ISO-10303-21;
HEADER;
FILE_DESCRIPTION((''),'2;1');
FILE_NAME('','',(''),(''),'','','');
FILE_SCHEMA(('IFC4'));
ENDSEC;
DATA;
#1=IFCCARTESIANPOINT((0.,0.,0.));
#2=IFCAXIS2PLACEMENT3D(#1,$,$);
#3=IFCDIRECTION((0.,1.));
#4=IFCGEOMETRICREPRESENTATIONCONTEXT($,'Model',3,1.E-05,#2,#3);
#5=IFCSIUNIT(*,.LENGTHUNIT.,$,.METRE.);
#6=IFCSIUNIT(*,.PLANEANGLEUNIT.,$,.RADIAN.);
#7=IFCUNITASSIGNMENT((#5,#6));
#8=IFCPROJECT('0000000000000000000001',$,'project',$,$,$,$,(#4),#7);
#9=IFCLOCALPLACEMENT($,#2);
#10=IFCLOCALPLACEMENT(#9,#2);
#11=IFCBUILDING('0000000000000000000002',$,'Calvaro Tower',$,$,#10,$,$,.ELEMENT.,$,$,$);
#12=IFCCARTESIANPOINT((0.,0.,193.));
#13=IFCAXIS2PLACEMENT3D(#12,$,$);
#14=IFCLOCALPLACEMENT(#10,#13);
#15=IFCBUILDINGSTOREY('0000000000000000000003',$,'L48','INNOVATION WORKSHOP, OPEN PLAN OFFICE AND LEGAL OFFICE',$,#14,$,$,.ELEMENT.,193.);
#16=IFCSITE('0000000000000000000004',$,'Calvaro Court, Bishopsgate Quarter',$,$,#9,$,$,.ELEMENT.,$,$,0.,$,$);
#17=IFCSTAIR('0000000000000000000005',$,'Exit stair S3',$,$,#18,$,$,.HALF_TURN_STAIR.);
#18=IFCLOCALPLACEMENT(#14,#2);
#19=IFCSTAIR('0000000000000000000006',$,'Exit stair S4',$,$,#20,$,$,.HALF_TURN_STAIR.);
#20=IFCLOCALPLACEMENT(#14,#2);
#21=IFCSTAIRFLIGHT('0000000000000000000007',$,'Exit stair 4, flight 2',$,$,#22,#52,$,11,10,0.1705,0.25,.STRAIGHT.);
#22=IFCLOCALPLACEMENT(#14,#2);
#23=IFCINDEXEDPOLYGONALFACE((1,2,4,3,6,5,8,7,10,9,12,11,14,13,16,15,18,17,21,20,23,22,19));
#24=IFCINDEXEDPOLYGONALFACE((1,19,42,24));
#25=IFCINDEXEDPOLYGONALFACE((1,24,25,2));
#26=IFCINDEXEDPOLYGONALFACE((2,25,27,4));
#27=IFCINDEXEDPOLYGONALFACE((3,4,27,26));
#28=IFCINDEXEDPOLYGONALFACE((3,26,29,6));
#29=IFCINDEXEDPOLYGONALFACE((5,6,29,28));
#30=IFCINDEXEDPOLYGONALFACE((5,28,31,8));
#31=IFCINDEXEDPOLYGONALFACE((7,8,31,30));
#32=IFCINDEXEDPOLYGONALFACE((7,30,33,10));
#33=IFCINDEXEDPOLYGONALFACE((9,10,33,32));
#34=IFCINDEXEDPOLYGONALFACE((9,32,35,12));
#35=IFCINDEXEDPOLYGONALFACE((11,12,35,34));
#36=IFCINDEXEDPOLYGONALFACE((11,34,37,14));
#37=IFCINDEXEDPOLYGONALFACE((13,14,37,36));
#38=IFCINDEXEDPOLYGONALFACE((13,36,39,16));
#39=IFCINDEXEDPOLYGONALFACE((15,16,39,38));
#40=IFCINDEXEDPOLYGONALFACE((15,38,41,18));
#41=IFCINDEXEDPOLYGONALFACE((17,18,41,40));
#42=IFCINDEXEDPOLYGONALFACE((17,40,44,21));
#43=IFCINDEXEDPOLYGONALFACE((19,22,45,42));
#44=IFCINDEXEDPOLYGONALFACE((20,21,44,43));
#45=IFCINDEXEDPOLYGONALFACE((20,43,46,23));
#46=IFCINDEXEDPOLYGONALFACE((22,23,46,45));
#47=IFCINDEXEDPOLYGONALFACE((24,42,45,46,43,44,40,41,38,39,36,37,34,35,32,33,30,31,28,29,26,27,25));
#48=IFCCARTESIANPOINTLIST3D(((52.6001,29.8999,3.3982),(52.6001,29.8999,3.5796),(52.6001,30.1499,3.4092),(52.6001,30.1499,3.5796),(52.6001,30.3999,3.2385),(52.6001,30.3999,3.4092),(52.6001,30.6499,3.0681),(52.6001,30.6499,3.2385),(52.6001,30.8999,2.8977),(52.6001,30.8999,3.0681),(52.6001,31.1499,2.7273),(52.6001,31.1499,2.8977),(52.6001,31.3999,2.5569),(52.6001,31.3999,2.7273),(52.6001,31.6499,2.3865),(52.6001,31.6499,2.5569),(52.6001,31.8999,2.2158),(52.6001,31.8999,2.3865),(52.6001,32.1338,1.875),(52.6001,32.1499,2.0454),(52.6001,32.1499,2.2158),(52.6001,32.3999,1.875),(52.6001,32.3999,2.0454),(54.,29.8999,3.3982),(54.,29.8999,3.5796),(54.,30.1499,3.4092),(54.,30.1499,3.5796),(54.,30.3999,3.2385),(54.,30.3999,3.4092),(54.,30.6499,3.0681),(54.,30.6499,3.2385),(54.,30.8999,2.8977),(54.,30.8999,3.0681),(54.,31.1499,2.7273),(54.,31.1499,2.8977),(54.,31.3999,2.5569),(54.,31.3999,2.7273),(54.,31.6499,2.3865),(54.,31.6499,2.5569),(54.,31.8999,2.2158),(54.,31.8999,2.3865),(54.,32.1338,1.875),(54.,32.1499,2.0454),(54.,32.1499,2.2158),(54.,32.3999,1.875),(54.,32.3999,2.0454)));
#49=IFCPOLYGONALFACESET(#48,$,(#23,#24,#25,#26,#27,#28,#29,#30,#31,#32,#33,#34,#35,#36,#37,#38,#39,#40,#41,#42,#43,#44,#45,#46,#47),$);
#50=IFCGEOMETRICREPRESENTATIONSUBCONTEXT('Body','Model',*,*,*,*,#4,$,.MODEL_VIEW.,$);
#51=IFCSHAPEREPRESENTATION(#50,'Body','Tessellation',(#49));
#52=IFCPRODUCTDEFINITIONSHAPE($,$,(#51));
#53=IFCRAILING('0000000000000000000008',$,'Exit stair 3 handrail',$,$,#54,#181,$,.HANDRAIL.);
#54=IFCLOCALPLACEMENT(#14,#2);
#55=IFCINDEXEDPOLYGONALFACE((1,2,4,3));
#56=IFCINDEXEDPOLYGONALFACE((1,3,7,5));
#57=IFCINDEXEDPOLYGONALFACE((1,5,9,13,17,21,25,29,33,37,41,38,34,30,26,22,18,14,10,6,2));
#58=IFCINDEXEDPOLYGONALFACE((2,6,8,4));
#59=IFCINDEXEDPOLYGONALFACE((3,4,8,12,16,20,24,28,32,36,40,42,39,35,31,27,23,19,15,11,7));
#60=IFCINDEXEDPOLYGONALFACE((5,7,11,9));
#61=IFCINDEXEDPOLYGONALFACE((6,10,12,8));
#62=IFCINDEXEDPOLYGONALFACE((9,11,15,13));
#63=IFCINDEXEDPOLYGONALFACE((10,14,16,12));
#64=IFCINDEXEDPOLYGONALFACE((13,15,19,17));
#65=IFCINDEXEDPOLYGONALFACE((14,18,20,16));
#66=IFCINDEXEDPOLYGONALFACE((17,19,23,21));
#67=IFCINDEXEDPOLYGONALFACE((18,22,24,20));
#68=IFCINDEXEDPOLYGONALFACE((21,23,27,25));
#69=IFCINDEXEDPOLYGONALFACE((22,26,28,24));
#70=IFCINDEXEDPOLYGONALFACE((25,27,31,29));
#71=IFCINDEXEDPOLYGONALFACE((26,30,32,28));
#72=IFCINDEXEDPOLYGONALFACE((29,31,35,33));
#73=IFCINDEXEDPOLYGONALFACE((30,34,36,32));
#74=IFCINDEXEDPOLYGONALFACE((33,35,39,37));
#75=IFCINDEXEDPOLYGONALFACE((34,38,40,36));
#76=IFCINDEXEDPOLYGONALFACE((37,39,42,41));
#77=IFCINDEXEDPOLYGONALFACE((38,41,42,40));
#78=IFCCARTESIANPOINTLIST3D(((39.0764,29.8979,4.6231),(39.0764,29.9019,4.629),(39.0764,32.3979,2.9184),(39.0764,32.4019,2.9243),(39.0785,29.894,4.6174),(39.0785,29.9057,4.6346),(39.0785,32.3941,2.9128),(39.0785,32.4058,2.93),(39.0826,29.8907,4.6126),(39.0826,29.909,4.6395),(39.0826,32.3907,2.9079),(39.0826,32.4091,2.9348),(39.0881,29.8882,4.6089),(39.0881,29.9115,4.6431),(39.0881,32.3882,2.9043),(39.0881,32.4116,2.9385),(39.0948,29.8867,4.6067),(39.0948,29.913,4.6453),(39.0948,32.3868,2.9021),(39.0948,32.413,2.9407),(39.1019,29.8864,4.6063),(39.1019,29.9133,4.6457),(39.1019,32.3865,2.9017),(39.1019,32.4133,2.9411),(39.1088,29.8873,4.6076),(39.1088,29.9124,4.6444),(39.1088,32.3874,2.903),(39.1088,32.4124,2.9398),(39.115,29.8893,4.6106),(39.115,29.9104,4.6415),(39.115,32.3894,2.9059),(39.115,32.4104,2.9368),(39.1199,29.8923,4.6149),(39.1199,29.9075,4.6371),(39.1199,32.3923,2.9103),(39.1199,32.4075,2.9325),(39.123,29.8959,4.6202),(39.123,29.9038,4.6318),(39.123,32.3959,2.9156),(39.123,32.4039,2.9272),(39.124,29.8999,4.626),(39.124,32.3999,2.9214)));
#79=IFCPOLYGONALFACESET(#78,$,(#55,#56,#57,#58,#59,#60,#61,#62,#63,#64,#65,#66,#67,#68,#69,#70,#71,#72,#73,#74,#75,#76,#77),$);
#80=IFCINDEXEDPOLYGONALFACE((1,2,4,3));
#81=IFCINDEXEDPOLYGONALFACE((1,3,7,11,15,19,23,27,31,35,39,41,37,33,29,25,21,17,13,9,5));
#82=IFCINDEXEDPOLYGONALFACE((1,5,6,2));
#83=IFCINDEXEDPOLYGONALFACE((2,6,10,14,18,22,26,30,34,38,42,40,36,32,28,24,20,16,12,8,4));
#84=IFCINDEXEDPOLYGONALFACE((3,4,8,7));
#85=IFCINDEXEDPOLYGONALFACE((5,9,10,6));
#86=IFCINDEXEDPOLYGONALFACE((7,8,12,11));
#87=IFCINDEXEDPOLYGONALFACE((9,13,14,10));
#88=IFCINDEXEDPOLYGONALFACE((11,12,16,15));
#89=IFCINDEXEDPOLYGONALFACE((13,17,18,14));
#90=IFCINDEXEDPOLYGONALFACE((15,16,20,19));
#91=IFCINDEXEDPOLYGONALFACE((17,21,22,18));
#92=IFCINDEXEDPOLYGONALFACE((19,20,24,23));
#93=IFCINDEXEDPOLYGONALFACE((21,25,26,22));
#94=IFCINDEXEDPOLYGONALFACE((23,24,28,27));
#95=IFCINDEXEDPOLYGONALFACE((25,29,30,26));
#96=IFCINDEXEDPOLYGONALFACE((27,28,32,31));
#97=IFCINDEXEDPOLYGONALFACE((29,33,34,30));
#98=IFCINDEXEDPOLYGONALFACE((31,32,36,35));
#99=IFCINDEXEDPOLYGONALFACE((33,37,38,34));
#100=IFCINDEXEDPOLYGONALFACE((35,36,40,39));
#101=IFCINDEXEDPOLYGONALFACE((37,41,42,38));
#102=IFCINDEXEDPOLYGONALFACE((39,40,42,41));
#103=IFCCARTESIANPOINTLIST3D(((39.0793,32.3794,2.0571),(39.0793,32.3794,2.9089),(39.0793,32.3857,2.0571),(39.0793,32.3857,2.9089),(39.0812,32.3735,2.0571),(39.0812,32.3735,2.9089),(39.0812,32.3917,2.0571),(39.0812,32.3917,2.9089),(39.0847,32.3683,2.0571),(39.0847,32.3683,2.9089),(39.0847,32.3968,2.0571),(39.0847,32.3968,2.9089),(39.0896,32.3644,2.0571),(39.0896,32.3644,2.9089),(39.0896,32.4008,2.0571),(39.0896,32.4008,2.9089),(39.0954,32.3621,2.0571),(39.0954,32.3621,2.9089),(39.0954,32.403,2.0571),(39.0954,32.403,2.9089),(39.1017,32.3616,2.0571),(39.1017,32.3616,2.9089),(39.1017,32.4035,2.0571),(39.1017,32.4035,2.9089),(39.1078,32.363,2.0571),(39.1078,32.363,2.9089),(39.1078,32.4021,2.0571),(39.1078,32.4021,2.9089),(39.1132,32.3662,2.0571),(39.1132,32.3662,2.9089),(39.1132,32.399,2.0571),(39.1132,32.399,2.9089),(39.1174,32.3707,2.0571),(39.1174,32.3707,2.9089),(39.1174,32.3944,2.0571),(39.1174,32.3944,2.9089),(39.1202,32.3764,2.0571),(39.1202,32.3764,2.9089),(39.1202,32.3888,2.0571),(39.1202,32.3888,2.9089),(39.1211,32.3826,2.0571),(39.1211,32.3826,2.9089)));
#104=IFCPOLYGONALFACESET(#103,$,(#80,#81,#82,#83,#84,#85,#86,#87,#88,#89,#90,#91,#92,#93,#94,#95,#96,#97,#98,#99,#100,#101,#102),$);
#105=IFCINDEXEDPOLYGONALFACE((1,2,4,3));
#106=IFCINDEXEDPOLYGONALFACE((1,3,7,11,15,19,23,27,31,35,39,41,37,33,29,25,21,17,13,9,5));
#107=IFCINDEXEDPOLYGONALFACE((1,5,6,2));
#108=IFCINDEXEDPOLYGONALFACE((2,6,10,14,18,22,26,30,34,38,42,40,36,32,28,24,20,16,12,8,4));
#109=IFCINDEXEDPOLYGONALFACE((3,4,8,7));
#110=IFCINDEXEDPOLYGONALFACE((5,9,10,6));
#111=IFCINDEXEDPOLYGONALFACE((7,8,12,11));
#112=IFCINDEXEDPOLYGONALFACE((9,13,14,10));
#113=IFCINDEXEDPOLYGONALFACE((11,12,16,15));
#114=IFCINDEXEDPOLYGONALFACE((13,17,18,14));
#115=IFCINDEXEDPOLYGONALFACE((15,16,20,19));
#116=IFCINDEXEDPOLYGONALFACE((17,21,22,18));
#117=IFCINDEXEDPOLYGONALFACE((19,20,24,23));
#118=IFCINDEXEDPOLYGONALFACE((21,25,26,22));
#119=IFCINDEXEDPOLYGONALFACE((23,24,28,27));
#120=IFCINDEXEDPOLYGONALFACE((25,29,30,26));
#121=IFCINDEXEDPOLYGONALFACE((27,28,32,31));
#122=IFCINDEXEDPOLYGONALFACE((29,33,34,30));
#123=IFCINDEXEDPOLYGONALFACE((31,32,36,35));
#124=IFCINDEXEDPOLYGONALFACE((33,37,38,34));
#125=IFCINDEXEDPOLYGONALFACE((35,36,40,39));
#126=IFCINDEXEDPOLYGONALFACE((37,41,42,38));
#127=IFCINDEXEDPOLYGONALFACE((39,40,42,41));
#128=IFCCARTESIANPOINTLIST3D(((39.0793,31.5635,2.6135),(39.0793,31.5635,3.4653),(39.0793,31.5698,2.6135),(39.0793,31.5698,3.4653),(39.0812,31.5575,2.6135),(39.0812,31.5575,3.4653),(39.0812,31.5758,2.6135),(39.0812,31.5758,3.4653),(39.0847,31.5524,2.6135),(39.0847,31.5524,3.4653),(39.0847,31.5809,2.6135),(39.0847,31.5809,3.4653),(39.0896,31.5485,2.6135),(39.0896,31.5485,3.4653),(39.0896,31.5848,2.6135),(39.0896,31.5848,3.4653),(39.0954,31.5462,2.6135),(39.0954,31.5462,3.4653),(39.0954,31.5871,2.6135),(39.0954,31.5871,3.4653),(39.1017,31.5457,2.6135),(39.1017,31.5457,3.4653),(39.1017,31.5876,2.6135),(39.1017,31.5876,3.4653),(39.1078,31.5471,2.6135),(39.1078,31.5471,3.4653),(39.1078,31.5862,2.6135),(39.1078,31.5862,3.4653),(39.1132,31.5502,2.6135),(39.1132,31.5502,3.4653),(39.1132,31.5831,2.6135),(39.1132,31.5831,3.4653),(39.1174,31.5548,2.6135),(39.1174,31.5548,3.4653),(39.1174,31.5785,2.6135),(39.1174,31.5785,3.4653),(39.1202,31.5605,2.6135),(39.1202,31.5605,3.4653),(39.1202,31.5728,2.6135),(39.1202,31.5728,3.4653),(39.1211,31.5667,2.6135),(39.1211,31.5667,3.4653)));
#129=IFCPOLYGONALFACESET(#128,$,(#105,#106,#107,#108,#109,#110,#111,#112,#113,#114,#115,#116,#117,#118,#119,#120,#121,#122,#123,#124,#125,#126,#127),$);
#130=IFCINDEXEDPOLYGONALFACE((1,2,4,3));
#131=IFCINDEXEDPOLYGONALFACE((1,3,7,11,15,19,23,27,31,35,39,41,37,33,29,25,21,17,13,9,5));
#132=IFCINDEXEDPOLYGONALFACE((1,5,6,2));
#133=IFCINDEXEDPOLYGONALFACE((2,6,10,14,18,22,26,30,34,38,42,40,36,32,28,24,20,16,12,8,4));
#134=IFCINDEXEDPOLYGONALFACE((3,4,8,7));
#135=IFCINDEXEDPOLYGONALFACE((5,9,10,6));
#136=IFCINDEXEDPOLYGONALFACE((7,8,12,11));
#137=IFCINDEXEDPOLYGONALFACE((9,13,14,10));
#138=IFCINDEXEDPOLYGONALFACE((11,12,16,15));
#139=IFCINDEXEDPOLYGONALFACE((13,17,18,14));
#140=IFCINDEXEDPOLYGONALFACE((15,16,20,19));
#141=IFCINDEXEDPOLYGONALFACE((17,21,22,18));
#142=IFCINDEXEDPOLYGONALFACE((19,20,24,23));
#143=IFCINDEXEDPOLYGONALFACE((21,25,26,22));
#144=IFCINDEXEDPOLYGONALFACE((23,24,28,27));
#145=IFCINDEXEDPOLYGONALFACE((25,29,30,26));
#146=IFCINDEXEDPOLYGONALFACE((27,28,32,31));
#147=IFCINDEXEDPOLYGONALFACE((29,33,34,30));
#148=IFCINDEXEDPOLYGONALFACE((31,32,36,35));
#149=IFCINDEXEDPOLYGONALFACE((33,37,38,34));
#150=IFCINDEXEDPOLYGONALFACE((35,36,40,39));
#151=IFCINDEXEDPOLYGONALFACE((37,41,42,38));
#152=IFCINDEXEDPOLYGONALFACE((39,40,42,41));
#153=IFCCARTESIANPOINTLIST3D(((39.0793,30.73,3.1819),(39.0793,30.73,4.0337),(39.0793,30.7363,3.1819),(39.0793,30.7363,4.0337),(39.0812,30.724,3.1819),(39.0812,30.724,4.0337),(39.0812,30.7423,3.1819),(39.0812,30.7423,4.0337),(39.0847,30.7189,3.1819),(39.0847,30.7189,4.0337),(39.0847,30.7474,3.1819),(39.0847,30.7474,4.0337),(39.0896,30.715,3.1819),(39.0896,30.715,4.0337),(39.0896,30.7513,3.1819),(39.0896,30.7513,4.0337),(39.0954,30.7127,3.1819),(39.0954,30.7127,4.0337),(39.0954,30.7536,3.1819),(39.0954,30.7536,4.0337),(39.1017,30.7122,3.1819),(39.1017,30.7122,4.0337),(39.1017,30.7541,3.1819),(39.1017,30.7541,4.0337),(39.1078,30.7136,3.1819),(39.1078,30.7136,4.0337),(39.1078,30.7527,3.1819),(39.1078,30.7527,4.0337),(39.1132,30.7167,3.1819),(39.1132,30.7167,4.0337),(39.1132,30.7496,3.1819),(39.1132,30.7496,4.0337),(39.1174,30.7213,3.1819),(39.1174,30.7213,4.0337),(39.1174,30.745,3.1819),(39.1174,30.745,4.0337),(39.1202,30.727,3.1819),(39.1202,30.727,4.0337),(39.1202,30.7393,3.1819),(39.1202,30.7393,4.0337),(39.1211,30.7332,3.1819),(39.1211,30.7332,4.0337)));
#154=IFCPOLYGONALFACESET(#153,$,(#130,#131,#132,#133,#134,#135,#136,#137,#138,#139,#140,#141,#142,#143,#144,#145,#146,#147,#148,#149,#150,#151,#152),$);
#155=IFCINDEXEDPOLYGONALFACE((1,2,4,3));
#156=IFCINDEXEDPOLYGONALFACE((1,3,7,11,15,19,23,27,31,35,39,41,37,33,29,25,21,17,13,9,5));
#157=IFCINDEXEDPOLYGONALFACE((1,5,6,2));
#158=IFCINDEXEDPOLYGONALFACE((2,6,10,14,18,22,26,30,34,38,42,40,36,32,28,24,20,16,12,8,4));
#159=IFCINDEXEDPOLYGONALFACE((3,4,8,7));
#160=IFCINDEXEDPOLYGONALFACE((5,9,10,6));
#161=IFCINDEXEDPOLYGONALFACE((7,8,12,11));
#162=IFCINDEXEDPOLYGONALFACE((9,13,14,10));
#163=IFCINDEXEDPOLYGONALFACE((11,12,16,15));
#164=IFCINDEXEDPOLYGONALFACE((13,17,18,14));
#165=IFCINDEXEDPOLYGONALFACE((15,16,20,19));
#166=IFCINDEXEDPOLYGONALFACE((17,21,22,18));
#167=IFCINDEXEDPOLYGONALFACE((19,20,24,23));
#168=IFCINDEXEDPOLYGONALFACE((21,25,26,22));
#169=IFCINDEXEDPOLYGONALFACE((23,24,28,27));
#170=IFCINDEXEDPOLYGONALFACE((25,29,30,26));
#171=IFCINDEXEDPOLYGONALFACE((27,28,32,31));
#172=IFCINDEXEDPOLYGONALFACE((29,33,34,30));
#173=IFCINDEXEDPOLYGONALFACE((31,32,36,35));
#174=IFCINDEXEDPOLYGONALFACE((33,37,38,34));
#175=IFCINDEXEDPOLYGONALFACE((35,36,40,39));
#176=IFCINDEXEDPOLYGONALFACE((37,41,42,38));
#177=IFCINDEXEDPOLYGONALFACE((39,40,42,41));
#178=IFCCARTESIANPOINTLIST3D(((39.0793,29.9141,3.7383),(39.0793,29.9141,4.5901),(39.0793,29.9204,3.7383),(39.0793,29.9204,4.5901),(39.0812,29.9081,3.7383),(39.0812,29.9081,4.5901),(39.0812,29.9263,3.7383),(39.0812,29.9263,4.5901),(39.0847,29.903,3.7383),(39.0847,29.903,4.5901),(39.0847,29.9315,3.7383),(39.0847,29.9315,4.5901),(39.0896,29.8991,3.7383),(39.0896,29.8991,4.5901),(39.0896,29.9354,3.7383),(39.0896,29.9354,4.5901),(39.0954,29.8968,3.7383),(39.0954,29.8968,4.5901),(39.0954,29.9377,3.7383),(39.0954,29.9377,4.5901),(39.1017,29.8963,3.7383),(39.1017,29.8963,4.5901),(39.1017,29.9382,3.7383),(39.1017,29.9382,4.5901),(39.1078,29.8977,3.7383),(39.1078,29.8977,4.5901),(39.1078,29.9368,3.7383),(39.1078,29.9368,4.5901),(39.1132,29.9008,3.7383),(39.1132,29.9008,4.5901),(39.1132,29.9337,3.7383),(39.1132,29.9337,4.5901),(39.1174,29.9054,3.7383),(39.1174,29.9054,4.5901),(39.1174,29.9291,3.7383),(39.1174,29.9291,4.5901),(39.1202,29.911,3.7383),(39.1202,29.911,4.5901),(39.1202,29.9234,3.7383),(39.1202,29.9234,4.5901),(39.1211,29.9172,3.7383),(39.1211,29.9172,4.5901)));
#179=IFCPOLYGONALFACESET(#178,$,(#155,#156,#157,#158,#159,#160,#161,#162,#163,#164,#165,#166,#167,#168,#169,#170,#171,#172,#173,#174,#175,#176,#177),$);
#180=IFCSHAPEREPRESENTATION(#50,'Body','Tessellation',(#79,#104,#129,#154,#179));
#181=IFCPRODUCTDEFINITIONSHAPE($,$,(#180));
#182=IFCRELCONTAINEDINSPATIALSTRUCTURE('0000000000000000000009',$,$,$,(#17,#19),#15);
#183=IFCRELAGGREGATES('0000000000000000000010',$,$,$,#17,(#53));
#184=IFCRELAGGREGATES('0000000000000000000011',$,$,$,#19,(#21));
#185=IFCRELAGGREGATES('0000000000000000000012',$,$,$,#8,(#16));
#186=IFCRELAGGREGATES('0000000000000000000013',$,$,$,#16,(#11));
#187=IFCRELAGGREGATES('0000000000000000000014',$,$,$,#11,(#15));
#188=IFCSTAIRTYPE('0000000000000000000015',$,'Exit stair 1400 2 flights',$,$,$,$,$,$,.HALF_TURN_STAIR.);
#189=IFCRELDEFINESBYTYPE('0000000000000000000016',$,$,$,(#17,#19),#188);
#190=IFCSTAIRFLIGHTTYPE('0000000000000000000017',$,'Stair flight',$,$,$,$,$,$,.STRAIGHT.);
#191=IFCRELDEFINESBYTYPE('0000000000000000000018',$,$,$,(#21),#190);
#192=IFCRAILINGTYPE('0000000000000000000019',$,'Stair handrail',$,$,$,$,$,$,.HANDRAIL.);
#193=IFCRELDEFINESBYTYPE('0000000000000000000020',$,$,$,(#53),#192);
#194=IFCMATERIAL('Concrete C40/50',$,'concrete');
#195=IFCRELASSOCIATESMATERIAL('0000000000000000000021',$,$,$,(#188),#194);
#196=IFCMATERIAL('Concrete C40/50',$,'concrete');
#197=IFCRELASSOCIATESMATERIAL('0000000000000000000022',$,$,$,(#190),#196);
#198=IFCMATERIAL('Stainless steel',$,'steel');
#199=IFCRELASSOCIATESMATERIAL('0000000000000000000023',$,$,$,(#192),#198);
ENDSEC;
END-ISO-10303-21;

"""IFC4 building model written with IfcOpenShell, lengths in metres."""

from ifc_helpers import new_model, si_unit, direction, frame, origin, origin_2d, place, context, subcontext, project, spatial, polyline, circle, outline, extrude, material, type_object, element, aggregate, save


model = new_model("IFC4")

# Units and contexts
model_context = context("Model", 3, precision=1e-05, world=origin(), true_north=direction((0.0, 1.0)))
body_context = subcontext(model_context, "Body", "Model", "MODEL_VIEW")
ifc_project = project(units=[si_unit("LENGTHUNIT", "METRE"), si_unit("PLANEANGLEUNIT", "RADIAN")], contexts=[model_context])

# Site, building, storey
site_placement = place(None, origin())
site = spatial("IfcSite", under=ifc_project, at=site_placement, Name="Calvaro Court, Bishopsgate Quarter", CompositionType="ELEMENT", RefElevation=0.0)
building_placement = place(site_placement, origin())
building = spatial("IfcBuilding", under=site, at=building_placement, Name="Calvaro Tower", CompositionType="ELEMENT")
storey_placement = place(building_placement, frame((0.0, 0.0, 193.0)))
storey = spatial("IfcBuildingStorey", under=building, at=storey_placement, Name="L48", Description="INNOVATION WORKSHOP, OPEN PLAN OFFICE AND LEGAL OFFICE", CompositionType="ELEMENT", Elevation=193.0)

# Stairs, stair flight
ifc_material_1 = material(Name="Concrete C40/50", Category="concrete")
stair_type = type_object("IfcStairType", Name="Exit stair 1400 2 flights", PredefinedType="HALF_TURN_STAIR", material=ifc_material_1)
stair_1_placement = place(storey_placement, origin())
stair_1 = element("IfcStair", 1, at=stair_1_placement, inside=storey, type_object=stair_type, Name="Exit stair S3", PredefinedType="HALF_TURN_STAIR")
ifc_material_2 = material(Name="Concrete C40/50", Category="concrete")
stair_flight_type = type_object("IfcStairFlightType", Name="Stair flight", PredefinedType="STRAIGHT", material=ifc_material_2)
stair_2_placement = place(storey_placement, origin())
stair_2 = element("IfcStair", 2, at=stair_2_placement, inside=storey, type_object=stair_type, Name="Exit stair S4", PredefinedType="HALF_TURN_STAIR")
stair_flight_1_placement = place(storey_placement, frame((53.3, 32.3999, 1.875), z_axis=(0.0, 0.0, 1.0), x_axis=(0.0, -1.0, 0.0)))
stair_flight_1 = element("IfcStairFlight", 3, at=stair_flight_1_placement, type_object=stair_flight_type, Name="Exit stair 4, flight 2", NumberOfRisers=11, NumberOfTreads=10, PredefinedType="STRAIGHT", RiserHeight=0.1705, TreadLength=0.25, context=body_context, shape_type="SweptSolid", body=[
    extrude(outline(polyline([(0.0, 0.0), (0.0, 0.1704), (0.25, 0.1704), (0.25, 0.3408), (0.5, 0.3408), (0.5, 0.5115), (0.75, 0.5115), (0.75, 0.6819), (1.0, 0.6819), (1.0, 0.8523), (1.25, 0.8523), (1.25, 1.0227), (1.5, 1.0227), (1.5, 1.1931), (1.75, 1.1931), (1.75, 1.3635), (2.0, 1.3635), (2.0, 1.5342), (2.25, 1.5342), (2.25, 1.7046), (2.5, 1.7046), (2.5, 1.875), (2.5, 1.5232), (0.2661, 0.0), (0.0, 0.0)])), frame((0.0, 0.7, 0.0), z_axis=(0.0, -1.0, 0.0), x_axis=(1.0, 0.0, 0.0)), (0.0, 0.0, 1.0), 1.3999),
])

# Railing
ifc_material_3 = material(Name="Stainless steel", Category="steel")
railing_type = type_object("IfcRailingType", Name="Stair handrail", PredefinedType="HANDRAIL", material=ifc_material_3)
railing_1_placement = place(storey_placement, frame((39.1001, 32.3999, 2.0454)))
railing_1 = element("IfcRailing", 4, at=railing_1_placement, type_object=railing_type, Name="Exit stair 3 handrail", PredefinedType="HANDRAIL", context=body_context, shape_type="SweptSolid", body=[
    extrude(circle(Radius=0.0239, at=origin_2d()), frame((0.0, 0.0, 0.876), z_axis=(0.0, -0.826221, 0.563347), x_axis=(1.0, 0.0, 0.0)), (0.0, 0.0, 1.0), 3.0259),
    extrude(circle(Radius=0.021, at=origin_2d()), frame((0.0, -0.0173, 0.0117)), (0.0, 0.0, 1.0), 0.8518),
    extrude(circle(Radius=0.021, at=origin_2d()), frame((0.0, -0.8333, 0.5681)), (0.0, 0.0, 1.0), 0.8518),
    extrude(circle(Radius=0.021, at=origin_2d()), frame((0.0, -1.6667, 1.1365)), (0.0, 0.0, 1.0), 0.8518),
    extrude(circle(Radius=0.021, at=origin_2d()), frame((0.0, -2.4827, 1.6929)), (0.0, 0.0, 1.0), 0.8518),
])
aggregate(stair_1, [railing_1])
aggregate(stair_2, [stair_flight_1])

save(model, "model.ifc")
